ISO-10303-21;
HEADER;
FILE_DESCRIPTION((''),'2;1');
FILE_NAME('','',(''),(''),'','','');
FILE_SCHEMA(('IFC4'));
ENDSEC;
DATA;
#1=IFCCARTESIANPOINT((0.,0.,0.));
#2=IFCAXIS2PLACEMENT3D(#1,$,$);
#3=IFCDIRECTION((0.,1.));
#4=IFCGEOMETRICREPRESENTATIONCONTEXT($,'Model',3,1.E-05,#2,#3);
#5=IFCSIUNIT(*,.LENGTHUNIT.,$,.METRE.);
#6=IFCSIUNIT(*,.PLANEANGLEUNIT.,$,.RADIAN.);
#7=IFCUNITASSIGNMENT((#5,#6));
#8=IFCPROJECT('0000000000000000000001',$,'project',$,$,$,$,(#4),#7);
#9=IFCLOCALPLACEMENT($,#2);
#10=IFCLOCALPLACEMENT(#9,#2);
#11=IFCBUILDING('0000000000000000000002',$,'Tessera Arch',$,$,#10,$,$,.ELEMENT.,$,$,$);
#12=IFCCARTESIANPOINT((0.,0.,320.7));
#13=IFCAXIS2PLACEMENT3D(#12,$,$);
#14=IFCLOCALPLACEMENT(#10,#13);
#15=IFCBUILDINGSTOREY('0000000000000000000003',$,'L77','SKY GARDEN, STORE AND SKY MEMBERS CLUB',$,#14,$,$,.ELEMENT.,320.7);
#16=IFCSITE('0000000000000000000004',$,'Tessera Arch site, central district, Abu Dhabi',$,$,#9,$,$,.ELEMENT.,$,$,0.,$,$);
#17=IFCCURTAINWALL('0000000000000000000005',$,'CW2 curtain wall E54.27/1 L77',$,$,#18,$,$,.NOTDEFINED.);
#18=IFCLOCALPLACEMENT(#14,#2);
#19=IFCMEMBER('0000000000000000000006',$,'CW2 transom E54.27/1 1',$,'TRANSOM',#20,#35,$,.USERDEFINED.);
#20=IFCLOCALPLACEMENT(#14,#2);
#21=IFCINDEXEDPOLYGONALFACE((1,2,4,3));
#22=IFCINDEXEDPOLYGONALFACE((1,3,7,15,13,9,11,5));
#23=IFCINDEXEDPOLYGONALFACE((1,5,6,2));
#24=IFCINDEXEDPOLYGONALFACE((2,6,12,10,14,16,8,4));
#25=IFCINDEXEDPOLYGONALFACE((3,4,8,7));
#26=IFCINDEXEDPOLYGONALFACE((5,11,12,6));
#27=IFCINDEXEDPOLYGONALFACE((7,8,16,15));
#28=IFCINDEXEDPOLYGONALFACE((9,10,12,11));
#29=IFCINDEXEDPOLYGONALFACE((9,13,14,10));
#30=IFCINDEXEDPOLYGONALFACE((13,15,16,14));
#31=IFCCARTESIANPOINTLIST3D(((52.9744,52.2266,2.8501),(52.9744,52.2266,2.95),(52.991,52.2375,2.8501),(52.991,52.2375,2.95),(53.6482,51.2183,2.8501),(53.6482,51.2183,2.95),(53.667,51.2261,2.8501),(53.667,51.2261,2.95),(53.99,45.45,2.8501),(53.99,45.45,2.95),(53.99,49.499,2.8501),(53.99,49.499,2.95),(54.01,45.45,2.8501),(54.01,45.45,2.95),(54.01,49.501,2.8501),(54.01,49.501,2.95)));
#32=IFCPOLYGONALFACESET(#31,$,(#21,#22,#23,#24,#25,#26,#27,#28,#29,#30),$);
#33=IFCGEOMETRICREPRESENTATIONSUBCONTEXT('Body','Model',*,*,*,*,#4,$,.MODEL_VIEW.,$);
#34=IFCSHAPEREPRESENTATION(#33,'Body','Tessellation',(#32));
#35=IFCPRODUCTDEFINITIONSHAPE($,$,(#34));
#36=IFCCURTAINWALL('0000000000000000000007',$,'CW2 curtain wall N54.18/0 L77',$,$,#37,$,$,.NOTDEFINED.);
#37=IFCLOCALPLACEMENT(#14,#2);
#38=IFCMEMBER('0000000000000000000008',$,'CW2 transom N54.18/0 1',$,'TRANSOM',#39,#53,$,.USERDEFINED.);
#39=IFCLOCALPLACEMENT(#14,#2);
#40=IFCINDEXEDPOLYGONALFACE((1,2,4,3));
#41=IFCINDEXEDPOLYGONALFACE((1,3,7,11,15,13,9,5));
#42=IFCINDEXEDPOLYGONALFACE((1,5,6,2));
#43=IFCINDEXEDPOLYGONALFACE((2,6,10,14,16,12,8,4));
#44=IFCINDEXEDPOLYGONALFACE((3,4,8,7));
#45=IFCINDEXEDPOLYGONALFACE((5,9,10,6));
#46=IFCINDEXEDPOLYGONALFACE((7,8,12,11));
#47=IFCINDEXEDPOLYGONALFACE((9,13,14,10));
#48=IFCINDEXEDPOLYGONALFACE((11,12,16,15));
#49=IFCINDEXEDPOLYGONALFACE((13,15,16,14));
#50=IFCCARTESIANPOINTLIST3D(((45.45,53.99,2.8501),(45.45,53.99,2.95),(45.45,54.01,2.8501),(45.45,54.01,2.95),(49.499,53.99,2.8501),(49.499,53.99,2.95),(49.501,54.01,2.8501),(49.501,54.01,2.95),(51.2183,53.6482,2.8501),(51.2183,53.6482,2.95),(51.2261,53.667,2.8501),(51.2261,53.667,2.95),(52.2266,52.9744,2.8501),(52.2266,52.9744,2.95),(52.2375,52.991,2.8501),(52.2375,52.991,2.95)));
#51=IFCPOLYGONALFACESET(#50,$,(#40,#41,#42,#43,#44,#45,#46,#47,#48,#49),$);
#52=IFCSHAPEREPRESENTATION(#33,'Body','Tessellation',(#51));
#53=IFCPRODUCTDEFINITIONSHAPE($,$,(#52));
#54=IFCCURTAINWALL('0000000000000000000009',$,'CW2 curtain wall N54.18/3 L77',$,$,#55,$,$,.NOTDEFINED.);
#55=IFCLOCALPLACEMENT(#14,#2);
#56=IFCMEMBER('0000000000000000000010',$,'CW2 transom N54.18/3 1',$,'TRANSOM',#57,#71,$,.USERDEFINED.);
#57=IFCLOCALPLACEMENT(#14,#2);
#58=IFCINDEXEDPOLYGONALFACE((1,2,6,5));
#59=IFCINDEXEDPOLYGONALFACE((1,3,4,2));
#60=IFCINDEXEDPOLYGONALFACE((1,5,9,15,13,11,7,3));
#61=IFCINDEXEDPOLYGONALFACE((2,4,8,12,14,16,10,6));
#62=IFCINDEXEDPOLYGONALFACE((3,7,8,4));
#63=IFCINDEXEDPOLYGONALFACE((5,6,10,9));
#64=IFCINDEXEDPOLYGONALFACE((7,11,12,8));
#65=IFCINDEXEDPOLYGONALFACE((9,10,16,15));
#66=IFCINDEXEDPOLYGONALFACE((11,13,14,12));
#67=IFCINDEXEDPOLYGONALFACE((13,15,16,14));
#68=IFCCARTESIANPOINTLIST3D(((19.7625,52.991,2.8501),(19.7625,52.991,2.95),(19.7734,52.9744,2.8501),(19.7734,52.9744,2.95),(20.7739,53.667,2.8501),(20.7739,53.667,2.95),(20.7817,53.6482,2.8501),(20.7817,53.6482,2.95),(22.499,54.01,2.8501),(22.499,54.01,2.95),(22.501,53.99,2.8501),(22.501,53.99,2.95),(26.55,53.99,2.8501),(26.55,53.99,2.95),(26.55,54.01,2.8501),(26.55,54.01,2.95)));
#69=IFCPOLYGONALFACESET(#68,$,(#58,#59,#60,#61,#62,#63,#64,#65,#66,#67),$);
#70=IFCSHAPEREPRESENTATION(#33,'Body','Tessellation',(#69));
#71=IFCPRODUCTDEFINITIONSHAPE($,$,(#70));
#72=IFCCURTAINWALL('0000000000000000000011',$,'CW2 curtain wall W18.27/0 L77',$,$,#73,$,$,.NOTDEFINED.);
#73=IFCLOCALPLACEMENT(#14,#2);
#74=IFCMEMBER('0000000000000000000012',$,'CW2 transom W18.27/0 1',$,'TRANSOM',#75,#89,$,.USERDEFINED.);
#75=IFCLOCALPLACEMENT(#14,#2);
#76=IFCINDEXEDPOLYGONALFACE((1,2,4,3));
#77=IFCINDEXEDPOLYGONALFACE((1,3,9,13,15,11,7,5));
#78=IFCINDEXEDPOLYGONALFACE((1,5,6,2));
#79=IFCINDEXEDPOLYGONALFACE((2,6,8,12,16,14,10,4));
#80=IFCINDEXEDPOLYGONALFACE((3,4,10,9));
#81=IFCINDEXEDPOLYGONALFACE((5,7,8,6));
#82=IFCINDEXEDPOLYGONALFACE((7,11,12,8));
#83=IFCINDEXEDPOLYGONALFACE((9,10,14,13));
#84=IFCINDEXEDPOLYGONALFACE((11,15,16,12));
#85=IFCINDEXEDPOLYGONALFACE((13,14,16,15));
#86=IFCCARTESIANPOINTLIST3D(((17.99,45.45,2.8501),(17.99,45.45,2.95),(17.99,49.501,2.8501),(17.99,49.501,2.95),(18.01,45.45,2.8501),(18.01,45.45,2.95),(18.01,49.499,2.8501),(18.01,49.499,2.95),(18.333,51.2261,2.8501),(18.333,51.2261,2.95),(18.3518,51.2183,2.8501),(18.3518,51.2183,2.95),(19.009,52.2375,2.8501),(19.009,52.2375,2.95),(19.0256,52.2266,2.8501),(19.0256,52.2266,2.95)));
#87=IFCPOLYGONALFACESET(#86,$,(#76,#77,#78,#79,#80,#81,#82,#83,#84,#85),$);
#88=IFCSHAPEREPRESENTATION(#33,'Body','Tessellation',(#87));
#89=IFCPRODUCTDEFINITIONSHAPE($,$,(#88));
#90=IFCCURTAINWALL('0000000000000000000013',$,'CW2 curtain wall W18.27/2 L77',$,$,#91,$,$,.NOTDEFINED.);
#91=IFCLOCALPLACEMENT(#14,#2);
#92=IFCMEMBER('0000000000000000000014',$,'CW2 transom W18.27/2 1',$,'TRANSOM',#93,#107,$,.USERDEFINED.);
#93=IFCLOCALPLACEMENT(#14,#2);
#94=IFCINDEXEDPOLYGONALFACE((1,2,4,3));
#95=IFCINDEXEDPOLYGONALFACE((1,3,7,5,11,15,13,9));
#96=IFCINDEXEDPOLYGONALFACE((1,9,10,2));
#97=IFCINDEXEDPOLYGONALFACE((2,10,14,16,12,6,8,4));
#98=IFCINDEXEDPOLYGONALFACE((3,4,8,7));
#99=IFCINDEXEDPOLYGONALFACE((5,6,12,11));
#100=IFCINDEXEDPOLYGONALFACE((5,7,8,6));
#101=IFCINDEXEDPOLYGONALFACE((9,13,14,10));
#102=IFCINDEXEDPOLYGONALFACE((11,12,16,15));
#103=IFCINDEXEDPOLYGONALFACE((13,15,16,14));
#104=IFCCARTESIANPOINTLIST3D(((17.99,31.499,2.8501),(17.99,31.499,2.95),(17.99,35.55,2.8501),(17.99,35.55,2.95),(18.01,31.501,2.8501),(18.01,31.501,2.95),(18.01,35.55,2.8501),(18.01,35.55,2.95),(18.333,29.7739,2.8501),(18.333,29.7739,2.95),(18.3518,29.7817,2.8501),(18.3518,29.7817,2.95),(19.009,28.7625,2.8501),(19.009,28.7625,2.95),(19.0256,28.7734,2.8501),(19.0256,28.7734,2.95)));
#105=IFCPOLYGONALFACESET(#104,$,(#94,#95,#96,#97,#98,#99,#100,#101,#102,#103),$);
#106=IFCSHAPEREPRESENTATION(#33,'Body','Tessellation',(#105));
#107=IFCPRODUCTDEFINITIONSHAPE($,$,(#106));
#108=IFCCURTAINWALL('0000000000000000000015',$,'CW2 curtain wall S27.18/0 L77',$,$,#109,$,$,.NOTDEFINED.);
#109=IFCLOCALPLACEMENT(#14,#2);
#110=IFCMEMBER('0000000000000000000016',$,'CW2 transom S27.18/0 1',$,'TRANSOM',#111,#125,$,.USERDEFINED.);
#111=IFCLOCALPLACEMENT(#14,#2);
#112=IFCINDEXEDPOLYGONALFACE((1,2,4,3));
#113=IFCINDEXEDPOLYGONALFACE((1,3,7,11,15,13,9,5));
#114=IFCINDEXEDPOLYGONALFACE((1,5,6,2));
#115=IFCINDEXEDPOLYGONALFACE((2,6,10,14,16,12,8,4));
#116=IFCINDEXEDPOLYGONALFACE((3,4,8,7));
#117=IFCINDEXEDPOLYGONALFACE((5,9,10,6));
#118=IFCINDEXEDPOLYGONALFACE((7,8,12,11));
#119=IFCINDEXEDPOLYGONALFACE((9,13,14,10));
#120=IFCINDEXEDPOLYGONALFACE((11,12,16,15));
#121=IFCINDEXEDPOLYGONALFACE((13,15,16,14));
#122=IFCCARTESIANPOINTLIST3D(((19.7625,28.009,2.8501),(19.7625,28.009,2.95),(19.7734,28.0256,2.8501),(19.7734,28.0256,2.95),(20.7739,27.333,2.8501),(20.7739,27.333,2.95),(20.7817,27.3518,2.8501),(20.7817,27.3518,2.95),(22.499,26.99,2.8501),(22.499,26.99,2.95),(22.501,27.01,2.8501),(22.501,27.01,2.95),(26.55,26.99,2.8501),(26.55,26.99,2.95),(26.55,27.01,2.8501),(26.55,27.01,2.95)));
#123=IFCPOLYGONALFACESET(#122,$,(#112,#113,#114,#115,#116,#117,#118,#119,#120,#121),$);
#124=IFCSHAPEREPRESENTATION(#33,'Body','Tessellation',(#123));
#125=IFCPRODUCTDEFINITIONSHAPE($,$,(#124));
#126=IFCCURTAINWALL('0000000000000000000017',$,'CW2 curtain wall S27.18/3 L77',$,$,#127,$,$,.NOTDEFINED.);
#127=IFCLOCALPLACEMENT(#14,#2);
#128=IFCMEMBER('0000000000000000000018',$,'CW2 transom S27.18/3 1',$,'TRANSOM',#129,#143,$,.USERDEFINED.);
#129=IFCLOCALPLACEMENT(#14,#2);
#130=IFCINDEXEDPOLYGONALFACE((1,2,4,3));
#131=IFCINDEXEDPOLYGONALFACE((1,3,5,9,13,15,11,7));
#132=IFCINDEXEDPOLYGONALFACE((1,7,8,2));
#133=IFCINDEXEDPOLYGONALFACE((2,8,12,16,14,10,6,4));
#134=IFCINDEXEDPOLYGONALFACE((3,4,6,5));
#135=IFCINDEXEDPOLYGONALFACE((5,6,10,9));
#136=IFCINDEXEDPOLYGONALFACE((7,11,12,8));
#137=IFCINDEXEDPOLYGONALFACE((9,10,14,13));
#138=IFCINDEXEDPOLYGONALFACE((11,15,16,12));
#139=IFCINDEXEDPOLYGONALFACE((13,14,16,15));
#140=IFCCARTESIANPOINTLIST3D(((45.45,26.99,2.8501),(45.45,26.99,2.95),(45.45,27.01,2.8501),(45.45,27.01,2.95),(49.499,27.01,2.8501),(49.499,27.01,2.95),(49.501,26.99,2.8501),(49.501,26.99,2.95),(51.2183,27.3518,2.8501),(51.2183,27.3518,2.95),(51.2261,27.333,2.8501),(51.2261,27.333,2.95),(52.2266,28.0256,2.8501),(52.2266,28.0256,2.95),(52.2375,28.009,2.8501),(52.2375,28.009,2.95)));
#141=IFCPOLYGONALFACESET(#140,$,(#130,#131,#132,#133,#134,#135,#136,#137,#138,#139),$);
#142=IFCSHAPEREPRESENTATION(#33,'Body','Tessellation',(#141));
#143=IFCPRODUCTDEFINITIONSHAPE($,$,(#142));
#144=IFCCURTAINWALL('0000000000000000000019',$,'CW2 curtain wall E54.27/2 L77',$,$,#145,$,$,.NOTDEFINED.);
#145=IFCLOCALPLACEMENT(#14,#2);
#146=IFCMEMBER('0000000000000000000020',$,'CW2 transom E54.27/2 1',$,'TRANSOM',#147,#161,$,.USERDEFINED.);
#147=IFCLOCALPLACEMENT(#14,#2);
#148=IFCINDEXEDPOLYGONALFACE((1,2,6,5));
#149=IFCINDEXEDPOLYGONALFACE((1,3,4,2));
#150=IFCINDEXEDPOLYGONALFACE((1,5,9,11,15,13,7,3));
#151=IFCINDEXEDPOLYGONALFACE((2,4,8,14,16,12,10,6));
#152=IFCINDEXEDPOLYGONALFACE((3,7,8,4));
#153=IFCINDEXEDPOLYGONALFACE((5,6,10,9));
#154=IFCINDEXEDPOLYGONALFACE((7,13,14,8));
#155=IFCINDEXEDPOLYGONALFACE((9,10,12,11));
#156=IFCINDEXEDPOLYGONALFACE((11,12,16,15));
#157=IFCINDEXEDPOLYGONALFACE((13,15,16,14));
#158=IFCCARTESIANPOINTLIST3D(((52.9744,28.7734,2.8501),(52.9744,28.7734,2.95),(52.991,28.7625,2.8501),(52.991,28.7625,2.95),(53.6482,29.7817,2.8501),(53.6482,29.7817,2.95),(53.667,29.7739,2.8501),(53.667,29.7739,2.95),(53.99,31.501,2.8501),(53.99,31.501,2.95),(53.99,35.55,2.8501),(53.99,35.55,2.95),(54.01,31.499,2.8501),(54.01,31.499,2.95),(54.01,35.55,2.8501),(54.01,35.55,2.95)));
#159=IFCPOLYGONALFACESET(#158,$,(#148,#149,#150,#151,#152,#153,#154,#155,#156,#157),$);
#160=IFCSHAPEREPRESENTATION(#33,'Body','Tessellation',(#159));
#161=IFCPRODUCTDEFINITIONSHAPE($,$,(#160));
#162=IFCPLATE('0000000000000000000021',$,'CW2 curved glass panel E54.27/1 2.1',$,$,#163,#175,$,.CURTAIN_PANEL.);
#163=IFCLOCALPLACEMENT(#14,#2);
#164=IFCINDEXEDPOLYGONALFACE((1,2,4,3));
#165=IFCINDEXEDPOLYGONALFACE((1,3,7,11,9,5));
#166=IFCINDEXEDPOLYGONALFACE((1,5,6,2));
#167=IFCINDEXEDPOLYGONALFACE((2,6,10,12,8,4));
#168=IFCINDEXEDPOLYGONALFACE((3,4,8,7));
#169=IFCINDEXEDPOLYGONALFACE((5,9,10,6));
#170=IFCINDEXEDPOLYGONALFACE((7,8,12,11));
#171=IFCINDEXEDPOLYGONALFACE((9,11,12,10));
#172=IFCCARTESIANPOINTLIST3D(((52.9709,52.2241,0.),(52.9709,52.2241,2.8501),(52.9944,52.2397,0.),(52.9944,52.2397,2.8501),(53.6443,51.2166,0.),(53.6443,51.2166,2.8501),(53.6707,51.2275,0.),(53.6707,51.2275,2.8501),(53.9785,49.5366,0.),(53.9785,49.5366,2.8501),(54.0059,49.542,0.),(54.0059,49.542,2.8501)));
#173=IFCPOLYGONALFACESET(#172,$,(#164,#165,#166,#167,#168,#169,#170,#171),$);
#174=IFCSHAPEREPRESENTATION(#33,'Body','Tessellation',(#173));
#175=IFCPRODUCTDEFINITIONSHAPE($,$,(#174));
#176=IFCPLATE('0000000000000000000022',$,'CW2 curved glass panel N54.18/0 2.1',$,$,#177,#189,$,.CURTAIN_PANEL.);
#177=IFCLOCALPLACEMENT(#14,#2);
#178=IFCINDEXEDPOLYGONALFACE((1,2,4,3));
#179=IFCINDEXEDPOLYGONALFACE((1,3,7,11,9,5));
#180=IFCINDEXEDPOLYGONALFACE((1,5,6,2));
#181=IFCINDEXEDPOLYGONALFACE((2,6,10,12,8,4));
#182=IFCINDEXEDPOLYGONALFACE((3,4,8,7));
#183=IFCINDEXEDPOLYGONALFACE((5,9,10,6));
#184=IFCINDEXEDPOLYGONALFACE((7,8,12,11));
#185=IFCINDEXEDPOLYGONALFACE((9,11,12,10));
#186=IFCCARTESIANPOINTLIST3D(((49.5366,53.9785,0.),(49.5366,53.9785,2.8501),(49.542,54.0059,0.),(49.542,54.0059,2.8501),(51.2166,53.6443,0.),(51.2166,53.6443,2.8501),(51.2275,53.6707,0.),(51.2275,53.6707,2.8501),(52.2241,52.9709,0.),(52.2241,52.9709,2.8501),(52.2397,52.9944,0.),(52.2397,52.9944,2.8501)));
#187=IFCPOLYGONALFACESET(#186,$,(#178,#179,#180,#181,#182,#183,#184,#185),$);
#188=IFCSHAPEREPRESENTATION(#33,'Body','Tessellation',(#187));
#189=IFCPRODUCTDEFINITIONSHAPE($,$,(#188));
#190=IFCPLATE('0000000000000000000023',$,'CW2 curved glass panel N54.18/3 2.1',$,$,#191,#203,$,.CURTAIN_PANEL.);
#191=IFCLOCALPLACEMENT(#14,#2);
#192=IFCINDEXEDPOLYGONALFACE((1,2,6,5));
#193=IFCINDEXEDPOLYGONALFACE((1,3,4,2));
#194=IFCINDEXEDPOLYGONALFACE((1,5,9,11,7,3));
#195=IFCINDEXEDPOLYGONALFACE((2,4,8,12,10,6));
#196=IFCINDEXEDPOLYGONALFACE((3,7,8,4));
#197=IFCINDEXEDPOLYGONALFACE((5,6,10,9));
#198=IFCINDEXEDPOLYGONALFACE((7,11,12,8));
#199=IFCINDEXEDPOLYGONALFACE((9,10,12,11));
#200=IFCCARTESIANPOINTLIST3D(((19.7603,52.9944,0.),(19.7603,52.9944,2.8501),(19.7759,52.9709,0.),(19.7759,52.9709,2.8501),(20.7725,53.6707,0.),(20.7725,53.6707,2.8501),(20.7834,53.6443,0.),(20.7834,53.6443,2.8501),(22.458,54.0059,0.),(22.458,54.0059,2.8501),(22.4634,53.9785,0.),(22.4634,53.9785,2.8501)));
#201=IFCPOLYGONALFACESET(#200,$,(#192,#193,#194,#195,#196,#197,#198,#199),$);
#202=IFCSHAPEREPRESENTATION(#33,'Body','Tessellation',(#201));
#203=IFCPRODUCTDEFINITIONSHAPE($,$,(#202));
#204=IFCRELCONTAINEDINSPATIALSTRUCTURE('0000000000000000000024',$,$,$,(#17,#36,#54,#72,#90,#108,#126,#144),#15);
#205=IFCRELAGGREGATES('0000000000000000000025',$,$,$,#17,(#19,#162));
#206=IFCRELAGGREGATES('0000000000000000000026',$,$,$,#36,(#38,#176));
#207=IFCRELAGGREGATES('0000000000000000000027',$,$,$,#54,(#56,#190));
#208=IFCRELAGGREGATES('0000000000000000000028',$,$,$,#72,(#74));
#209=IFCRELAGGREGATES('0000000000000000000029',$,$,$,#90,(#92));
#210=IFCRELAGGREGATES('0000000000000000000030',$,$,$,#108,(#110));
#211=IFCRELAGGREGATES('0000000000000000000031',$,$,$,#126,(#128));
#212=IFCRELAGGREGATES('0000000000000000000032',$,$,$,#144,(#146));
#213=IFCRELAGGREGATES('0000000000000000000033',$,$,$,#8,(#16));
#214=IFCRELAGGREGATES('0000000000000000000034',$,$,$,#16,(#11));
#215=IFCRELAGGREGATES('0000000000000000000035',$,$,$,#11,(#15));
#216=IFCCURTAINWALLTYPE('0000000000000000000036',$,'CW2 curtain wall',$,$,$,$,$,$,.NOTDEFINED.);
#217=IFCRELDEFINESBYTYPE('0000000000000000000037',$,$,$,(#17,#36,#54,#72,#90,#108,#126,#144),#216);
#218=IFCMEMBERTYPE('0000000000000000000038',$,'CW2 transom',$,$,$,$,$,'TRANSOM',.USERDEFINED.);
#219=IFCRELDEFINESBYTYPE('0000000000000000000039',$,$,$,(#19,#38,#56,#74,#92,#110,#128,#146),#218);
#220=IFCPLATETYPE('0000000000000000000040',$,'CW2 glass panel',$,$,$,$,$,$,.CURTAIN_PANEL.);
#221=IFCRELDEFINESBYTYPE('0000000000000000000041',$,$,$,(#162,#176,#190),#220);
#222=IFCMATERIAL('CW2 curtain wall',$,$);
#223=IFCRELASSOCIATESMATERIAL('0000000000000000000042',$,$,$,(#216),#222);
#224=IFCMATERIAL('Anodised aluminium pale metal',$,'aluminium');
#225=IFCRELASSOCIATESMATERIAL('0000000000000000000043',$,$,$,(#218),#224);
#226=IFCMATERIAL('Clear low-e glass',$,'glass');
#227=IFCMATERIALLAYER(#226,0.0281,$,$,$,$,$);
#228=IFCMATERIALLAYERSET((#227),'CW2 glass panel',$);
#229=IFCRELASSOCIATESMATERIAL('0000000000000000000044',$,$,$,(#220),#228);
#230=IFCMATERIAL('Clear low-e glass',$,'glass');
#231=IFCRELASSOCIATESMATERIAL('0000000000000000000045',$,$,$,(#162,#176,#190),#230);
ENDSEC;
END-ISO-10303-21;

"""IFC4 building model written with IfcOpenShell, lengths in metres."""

from ifc_helpers import new_model, si_unit, direction, frame, origin, origin_2d, place, context, subcontext, project, spatial, polyline, rectangle, outline, extrude, material, layer, layer_set, material_profile, profile_set, type_object, element, aggregate, save


model = new_model("IFC4")

# Units and contexts
model_context = context("Model", 3, precision=1e-05, world=origin(), true_north=direction((0.0, 1.0)))
body_context = subcontext(model_context, "Body", "Model", "MODEL_VIEW")
ifc_project = project(units=[si_unit("LENGTHUNIT", "METRE"), si_unit("PLANEANGLEUNIT", "RADIAN")], contexts=[model_context])

# Site, building, storey
site_placement = place(None, origin())
site = spatial("IfcSite", under=ifc_project, at=site_placement, Name="Tessera Arch site, central district, Abu Dhabi", CompositionType="ELEMENT", RefElevation=0.0)
building_placement = place(site_placement, origin())
building = spatial("IfcBuilding", under=site, at=building_placement, Name="Tessera Arch", CompositionType="ELEMENT")
storey_placement = place(building_placement, frame((0.0, 0.0, 320.7)))
storey = spatial("IfcBuildingStorey", under=building, at=storey_placement, Name="L77", Description="SKY GARDEN, STORE AND SKY MEMBERS CLUB", CompositionType="ELEMENT", Elevation=320.7)

# Curtain walls, members
ifc_material_1 = material(Name="CW2 curtain wall")
curtain_wall_type = type_object("IfcCurtainWallType", Name="CW2 curtain wall", PredefinedType="NOTDEFINED", material=ifc_material_1)
curtain_wall_1_placement = place(storey_placement, origin())
curtain_wall_1 = element("IfcCurtainWall", 1, at=curtain_wall_1_placement, inside=storey, type_object=curtain_wall_type, Name="CW2 curtain wall E54.27/1 L77", PredefinedType="NOTDEFINED")
ifc_material_2 = material(Name="Anodised aluminium pale metal", Category="aluminium")
ifc_material_profile = material_profile(ifc_material_2, rectangle(XDim=0.2, YDim=0.1001, at=origin_2d()), Name="AL 200x100")
ifc_profile_set = profile_set([ifc_material_profile], Name="Anodised aluminium pale metal")
member_type = type_object("IfcMemberType", Name="CW2 transom", ElementType="TRANSOM", PredefinedType="USERDEFINED", material=ifc_profile_set)
member_1_placement = place(storey_placement, frame((0.0, 0.0, 2.8501)))
member_1 = element("IfcMember", 2, at=member_1_placement, type_object=member_type, Name="CW2 transom E54.27/1 1", ObjectType="TRANSOM", PredefinedType="USERDEFINED", context=body_context, shape_type="SweptSolid", body=[
    extrude(outline(polyline([(53.99, 49.499), (53.99, 45.45), (54.01, 45.45), (54.01, 49.501), (53.667, 51.2261), (52.991, 52.2375), (52.9744, 52.2266), (53.6482, 51.2183), (53.99, 49.499)])), origin(), (0.0, 0.0, 1.0), 0.0999),
])
curtain_wall_2_placement = place(storey_placement, origin())
curtain_wall_2 = element("IfcCurtainWall", 3, at=curtain_wall_2_placement, inside=storey, type_object=curtain_wall_type, Name="CW2 curtain wall N54.18/0 L77", PredefinedType="NOTDEFINED")
member_2_placement = place(storey_placement, frame((0.0, 0.0, 2.8501)))
member_2 = element("IfcMember", 4, at=member_2_placement, type_object=member_type, Name="CW2 transom N54.18/0 1", ObjectType="TRANSOM", PredefinedType="USERDEFINED", context=body_context, shape_type="SweptSolid", body=[
    extrude(outline(polyline([(51.2183, 53.6482), (52.2266, 52.9744), (52.2375, 52.991), (51.2261, 53.667), (49.501, 54.01), (45.45, 54.01), (45.45, 53.99), (49.499, 53.99), (51.2183, 53.6482)])), origin(), (0.0, 0.0, 1.0), 0.0999),
])
curtain_wall_3_placement = place(storey_placement, origin())
curtain_wall_3 = element("IfcCurtainWall", 5, at=curtain_wall_3_placement, inside=storey, type_object=curtain_wall_type, Name="CW2 curtain wall N54.18/3 L77", PredefinedType="NOTDEFINED")
member_3_placement = place(storey_placement, frame((0.0, 0.0, 2.8501)))
member_3 = element("IfcMember", 6, at=member_3_placement, type_object=member_type, Name="CW2 transom N54.18/3 1", ObjectType="TRANSOM", PredefinedType="USERDEFINED", context=body_context, shape_type="SweptSolid", body=[
    extrude(outline(polyline([(22.501, 53.99), (26.55, 53.99), (26.55, 54.01), (22.499, 54.01), (20.7739, 53.667), (19.7625, 52.991), (19.7734, 52.9744), (20.7817, 53.6482), (22.501, 53.99)])), origin(), (0.0, 0.0, 1.0), 0.0999),
])
curtain_wall_4_placement = place(storey_placement, origin())
curtain_wall_4 = element("IfcCurtainWall", 7, at=curtain_wall_4_placement, inside=storey, type_object=curtain_wall_type, Name="CW2 curtain wall W18.27/0 L77", PredefinedType="NOTDEFINED")
member_4_placement = place(storey_placement, frame((0.0, 0.0, 2.8501)))
member_4 = element("IfcMember", 8, at=member_4_placement, type_object=member_type, Name="CW2 transom W18.27/0 1", ObjectType="TRANSOM", PredefinedType="USERDEFINED", context=body_context, shape_type="SweptSolid", body=[
    extrude(outline(polyline([(18.3518, 51.2183), (19.0256, 52.2266), (19.009, 52.2375), (18.333, 51.2261), (17.99, 49.501), (17.99, 45.45), (18.01, 45.45), (18.01, 49.499), (18.3518, 51.2183)])), origin(), (0.0, 0.0, 1.0), 0.0999),
])
curtain_wall_5_placement = place(storey_placement, origin())
curtain_wall_5 = element("IfcCurtainWall", 9, at=curtain_wall_5_placement, inside=storey, type_object=curtain_wall_type, Name="CW2 curtain wall W18.27/2 L77", PredefinedType="NOTDEFINED")
member_5_placement = place(storey_placement, frame((0.0, 0.0, 2.8501)))
member_5 = element("IfcMember", 10, at=member_5_placement, type_object=member_type, Name="CW2 transom W18.27/2 1", ObjectType="TRANSOM", PredefinedType="USERDEFINED", context=body_context, shape_type="SweptSolid", body=[
    extrude(outline(polyline([(18.01, 31.501), (18.01, 35.55), (17.99, 35.55), (17.99, 31.499), (18.333, 29.7739), (19.009, 28.7625), (19.0256, 28.7734), (18.3518, 29.7817), (18.01, 31.501)])), origin(), (0.0, 0.0, 1.0), 0.0999),
])
curtain_wall_6_placement = place(storey_placement, origin())
curtain_wall_6 = element("IfcCurtainWall", 11, at=curtain_wall_6_placement, inside=storey, type_object=curtain_wall_type, Name="CW2 curtain wall S27.18/0 L77", PredefinedType="NOTDEFINED")
member_6_placement = place(storey_placement, frame((0.0, 0.0, 2.8501)))
member_6 = element("IfcMember", 12, at=member_6_placement, type_object=member_type, Name="CW2 transom S27.18/0 1", ObjectType="TRANSOM", PredefinedType="USERDEFINED", context=body_context, shape_type="SweptSolid", body=[
    extrude(outline(polyline([(20.7817, 27.3518), (19.7734, 28.0256), (19.7625, 28.009), (20.7739, 27.333), (22.499, 26.99), (26.55, 26.99), (26.55, 27.01), (22.501, 27.01), (20.7817, 27.3518)])), origin(), (0.0, 0.0, 1.0), 0.0999),
])
curtain_wall_7_placement = place(storey_placement, origin())
curtain_wall_7 = element("IfcCurtainWall", 13, at=curtain_wall_7_placement, inside=storey, type_object=curtain_wall_type, Name="CW2 curtain wall S27.18/3 L77", PredefinedType="NOTDEFINED")
member_7_placement = place(storey_placement, frame((0.0, 0.0, 2.8501)))
member_7 = element("IfcMember", 14, at=member_7_placement, type_object=member_type, Name="CW2 transom S27.18/3 1", ObjectType="TRANSOM", PredefinedType="USERDEFINED", context=body_context, shape_type="SweptSolid", body=[
    extrude(outline(polyline([(49.499, 27.01), (45.45, 27.01), (45.45, 26.99), (49.501, 26.99), (51.2261, 27.333), (52.2375, 28.009), (52.2266, 28.0256), (51.2183, 27.3518), (49.499, 27.01)])), origin(), (0.0, 0.0, 1.0), 0.0999),
])
curtain_wall_8_placement = place(storey_placement, origin())
curtain_wall_8 = element("IfcCurtainWall", 15, at=curtain_wall_8_placement, inside=storey, type_object=curtain_wall_type, Name="CW2 curtain wall E54.27/2 L77", PredefinedType="NOTDEFINED")
member_8_placement = place(storey_placement, frame((0.0, 0.0, 2.8501)))
member_8 = element("IfcMember", 16, at=member_8_placement, type_object=member_type, Name="CW2 transom E54.27/2 1", ObjectType="TRANSOM", PredefinedType="USERDEFINED", context=body_context, shape_type="SweptSolid", body=[
    extrude(outline(polyline([(53.6482, 29.7817), (52.9744, 28.7734), (52.991, 28.7625), (53.667, 29.7739), (54.01, 31.499), (54.01, 35.55), (53.99, 35.55), (53.99, 31.501), (53.6482, 29.7817)])), origin(), (0.0, 0.0, 1.0), 0.0999),
])

# Plates
ifc_material_3 = material(Name="Clear low-e glass", Category="glass")
ifc_material_4 = material(Name="Clear low-e glass", Category="glass")
ifc_layer_1 = layer(ifc_material_4, 0.0281)
ifc_layer_set_1 = layer_set([ifc_layer_1], Name="CW2 glass panel")
plate_type_1 = type_object("IfcPlateType", Name="CW2 glass panel", PredefinedType="CURTAIN_PANEL", material=ifc_layer_set_1)
plate_1_placement = place(storey_placement, origin())
plate_1 = element("IfcPlate", 17, at=plate_1_placement, type_object=plate_type_1, material=ifc_material_3, Name="CW2 curved glass panel E54.27/1 2.1", PredefinedType="CURTAIN_PANEL", context=body_context, shape_type="SweptSolid", body=[
    extrude(outline(polyline([(53.6443, 51.2166), (53.9785, 49.5366), (54.0059, 49.542), (53.6707, 51.2275), (52.9944, 52.2397), (52.9709, 52.2241), (53.6443, 51.2166)])), origin(), (0.0, 0.0, 1.0), 2.8501),
])
plate_2_placement = place(storey_placement, origin())
plate_2 = element("IfcPlate", 18, at=plate_2_placement, type_object=plate_type_1, material=ifc_material_3, Name="CW2 curved glass panel N54.18/0 2.1", PredefinedType="CURTAIN_PANEL", context=body_context, shape_type="SweptSolid", body=[
    extrude(outline(polyline([(51.2166, 53.6443), (52.2241, 52.9709), (52.2397, 52.9944), (51.2275, 53.6707), (49.542, 54.0059), (49.5366, 53.9785), (51.2166, 53.6443)])), origin(), (0.0, 0.0, 1.0), 2.8501),
])
plate_3_placement = place(storey_placement, origin())
plate_3 = element("IfcPlate", 19, at=plate_3_placement, type_object=plate_type_1, material=ifc_material_3, Name="CW2 curved glass panel N54.18/3 2.1", PredefinedType="CURTAIN_PANEL", context=body_context, shape_type="SweptSolid", body=[
    extrude(outline(polyline([(20.7834, 53.6443), (22.4634, 53.9785), (22.458, 54.0059), (20.7725, 53.6707), (19.7603, 52.9944), (19.7759, 52.9709), (20.7834, 53.6443)])), origin(), (0.0, 0.0, 1.0), 2.8501),
])
aggregate(curtain_wall_1, [member_1, plate_1])
aggregate(curtain_wall_2, [member_2, plate_2])
aggregate(curtain_wall_3, [member_3, plate_3])
aggregate(curtain_wall_4, [member_4])
aggregate(curtain_wall_5, [member_5])
aggregate(curtain_wall_6, [member_6])
aggregate(curtain_wall_7, [member_7])
aggregate(curtain_wall_8, [member_8])

save(model, "model.ifc")
